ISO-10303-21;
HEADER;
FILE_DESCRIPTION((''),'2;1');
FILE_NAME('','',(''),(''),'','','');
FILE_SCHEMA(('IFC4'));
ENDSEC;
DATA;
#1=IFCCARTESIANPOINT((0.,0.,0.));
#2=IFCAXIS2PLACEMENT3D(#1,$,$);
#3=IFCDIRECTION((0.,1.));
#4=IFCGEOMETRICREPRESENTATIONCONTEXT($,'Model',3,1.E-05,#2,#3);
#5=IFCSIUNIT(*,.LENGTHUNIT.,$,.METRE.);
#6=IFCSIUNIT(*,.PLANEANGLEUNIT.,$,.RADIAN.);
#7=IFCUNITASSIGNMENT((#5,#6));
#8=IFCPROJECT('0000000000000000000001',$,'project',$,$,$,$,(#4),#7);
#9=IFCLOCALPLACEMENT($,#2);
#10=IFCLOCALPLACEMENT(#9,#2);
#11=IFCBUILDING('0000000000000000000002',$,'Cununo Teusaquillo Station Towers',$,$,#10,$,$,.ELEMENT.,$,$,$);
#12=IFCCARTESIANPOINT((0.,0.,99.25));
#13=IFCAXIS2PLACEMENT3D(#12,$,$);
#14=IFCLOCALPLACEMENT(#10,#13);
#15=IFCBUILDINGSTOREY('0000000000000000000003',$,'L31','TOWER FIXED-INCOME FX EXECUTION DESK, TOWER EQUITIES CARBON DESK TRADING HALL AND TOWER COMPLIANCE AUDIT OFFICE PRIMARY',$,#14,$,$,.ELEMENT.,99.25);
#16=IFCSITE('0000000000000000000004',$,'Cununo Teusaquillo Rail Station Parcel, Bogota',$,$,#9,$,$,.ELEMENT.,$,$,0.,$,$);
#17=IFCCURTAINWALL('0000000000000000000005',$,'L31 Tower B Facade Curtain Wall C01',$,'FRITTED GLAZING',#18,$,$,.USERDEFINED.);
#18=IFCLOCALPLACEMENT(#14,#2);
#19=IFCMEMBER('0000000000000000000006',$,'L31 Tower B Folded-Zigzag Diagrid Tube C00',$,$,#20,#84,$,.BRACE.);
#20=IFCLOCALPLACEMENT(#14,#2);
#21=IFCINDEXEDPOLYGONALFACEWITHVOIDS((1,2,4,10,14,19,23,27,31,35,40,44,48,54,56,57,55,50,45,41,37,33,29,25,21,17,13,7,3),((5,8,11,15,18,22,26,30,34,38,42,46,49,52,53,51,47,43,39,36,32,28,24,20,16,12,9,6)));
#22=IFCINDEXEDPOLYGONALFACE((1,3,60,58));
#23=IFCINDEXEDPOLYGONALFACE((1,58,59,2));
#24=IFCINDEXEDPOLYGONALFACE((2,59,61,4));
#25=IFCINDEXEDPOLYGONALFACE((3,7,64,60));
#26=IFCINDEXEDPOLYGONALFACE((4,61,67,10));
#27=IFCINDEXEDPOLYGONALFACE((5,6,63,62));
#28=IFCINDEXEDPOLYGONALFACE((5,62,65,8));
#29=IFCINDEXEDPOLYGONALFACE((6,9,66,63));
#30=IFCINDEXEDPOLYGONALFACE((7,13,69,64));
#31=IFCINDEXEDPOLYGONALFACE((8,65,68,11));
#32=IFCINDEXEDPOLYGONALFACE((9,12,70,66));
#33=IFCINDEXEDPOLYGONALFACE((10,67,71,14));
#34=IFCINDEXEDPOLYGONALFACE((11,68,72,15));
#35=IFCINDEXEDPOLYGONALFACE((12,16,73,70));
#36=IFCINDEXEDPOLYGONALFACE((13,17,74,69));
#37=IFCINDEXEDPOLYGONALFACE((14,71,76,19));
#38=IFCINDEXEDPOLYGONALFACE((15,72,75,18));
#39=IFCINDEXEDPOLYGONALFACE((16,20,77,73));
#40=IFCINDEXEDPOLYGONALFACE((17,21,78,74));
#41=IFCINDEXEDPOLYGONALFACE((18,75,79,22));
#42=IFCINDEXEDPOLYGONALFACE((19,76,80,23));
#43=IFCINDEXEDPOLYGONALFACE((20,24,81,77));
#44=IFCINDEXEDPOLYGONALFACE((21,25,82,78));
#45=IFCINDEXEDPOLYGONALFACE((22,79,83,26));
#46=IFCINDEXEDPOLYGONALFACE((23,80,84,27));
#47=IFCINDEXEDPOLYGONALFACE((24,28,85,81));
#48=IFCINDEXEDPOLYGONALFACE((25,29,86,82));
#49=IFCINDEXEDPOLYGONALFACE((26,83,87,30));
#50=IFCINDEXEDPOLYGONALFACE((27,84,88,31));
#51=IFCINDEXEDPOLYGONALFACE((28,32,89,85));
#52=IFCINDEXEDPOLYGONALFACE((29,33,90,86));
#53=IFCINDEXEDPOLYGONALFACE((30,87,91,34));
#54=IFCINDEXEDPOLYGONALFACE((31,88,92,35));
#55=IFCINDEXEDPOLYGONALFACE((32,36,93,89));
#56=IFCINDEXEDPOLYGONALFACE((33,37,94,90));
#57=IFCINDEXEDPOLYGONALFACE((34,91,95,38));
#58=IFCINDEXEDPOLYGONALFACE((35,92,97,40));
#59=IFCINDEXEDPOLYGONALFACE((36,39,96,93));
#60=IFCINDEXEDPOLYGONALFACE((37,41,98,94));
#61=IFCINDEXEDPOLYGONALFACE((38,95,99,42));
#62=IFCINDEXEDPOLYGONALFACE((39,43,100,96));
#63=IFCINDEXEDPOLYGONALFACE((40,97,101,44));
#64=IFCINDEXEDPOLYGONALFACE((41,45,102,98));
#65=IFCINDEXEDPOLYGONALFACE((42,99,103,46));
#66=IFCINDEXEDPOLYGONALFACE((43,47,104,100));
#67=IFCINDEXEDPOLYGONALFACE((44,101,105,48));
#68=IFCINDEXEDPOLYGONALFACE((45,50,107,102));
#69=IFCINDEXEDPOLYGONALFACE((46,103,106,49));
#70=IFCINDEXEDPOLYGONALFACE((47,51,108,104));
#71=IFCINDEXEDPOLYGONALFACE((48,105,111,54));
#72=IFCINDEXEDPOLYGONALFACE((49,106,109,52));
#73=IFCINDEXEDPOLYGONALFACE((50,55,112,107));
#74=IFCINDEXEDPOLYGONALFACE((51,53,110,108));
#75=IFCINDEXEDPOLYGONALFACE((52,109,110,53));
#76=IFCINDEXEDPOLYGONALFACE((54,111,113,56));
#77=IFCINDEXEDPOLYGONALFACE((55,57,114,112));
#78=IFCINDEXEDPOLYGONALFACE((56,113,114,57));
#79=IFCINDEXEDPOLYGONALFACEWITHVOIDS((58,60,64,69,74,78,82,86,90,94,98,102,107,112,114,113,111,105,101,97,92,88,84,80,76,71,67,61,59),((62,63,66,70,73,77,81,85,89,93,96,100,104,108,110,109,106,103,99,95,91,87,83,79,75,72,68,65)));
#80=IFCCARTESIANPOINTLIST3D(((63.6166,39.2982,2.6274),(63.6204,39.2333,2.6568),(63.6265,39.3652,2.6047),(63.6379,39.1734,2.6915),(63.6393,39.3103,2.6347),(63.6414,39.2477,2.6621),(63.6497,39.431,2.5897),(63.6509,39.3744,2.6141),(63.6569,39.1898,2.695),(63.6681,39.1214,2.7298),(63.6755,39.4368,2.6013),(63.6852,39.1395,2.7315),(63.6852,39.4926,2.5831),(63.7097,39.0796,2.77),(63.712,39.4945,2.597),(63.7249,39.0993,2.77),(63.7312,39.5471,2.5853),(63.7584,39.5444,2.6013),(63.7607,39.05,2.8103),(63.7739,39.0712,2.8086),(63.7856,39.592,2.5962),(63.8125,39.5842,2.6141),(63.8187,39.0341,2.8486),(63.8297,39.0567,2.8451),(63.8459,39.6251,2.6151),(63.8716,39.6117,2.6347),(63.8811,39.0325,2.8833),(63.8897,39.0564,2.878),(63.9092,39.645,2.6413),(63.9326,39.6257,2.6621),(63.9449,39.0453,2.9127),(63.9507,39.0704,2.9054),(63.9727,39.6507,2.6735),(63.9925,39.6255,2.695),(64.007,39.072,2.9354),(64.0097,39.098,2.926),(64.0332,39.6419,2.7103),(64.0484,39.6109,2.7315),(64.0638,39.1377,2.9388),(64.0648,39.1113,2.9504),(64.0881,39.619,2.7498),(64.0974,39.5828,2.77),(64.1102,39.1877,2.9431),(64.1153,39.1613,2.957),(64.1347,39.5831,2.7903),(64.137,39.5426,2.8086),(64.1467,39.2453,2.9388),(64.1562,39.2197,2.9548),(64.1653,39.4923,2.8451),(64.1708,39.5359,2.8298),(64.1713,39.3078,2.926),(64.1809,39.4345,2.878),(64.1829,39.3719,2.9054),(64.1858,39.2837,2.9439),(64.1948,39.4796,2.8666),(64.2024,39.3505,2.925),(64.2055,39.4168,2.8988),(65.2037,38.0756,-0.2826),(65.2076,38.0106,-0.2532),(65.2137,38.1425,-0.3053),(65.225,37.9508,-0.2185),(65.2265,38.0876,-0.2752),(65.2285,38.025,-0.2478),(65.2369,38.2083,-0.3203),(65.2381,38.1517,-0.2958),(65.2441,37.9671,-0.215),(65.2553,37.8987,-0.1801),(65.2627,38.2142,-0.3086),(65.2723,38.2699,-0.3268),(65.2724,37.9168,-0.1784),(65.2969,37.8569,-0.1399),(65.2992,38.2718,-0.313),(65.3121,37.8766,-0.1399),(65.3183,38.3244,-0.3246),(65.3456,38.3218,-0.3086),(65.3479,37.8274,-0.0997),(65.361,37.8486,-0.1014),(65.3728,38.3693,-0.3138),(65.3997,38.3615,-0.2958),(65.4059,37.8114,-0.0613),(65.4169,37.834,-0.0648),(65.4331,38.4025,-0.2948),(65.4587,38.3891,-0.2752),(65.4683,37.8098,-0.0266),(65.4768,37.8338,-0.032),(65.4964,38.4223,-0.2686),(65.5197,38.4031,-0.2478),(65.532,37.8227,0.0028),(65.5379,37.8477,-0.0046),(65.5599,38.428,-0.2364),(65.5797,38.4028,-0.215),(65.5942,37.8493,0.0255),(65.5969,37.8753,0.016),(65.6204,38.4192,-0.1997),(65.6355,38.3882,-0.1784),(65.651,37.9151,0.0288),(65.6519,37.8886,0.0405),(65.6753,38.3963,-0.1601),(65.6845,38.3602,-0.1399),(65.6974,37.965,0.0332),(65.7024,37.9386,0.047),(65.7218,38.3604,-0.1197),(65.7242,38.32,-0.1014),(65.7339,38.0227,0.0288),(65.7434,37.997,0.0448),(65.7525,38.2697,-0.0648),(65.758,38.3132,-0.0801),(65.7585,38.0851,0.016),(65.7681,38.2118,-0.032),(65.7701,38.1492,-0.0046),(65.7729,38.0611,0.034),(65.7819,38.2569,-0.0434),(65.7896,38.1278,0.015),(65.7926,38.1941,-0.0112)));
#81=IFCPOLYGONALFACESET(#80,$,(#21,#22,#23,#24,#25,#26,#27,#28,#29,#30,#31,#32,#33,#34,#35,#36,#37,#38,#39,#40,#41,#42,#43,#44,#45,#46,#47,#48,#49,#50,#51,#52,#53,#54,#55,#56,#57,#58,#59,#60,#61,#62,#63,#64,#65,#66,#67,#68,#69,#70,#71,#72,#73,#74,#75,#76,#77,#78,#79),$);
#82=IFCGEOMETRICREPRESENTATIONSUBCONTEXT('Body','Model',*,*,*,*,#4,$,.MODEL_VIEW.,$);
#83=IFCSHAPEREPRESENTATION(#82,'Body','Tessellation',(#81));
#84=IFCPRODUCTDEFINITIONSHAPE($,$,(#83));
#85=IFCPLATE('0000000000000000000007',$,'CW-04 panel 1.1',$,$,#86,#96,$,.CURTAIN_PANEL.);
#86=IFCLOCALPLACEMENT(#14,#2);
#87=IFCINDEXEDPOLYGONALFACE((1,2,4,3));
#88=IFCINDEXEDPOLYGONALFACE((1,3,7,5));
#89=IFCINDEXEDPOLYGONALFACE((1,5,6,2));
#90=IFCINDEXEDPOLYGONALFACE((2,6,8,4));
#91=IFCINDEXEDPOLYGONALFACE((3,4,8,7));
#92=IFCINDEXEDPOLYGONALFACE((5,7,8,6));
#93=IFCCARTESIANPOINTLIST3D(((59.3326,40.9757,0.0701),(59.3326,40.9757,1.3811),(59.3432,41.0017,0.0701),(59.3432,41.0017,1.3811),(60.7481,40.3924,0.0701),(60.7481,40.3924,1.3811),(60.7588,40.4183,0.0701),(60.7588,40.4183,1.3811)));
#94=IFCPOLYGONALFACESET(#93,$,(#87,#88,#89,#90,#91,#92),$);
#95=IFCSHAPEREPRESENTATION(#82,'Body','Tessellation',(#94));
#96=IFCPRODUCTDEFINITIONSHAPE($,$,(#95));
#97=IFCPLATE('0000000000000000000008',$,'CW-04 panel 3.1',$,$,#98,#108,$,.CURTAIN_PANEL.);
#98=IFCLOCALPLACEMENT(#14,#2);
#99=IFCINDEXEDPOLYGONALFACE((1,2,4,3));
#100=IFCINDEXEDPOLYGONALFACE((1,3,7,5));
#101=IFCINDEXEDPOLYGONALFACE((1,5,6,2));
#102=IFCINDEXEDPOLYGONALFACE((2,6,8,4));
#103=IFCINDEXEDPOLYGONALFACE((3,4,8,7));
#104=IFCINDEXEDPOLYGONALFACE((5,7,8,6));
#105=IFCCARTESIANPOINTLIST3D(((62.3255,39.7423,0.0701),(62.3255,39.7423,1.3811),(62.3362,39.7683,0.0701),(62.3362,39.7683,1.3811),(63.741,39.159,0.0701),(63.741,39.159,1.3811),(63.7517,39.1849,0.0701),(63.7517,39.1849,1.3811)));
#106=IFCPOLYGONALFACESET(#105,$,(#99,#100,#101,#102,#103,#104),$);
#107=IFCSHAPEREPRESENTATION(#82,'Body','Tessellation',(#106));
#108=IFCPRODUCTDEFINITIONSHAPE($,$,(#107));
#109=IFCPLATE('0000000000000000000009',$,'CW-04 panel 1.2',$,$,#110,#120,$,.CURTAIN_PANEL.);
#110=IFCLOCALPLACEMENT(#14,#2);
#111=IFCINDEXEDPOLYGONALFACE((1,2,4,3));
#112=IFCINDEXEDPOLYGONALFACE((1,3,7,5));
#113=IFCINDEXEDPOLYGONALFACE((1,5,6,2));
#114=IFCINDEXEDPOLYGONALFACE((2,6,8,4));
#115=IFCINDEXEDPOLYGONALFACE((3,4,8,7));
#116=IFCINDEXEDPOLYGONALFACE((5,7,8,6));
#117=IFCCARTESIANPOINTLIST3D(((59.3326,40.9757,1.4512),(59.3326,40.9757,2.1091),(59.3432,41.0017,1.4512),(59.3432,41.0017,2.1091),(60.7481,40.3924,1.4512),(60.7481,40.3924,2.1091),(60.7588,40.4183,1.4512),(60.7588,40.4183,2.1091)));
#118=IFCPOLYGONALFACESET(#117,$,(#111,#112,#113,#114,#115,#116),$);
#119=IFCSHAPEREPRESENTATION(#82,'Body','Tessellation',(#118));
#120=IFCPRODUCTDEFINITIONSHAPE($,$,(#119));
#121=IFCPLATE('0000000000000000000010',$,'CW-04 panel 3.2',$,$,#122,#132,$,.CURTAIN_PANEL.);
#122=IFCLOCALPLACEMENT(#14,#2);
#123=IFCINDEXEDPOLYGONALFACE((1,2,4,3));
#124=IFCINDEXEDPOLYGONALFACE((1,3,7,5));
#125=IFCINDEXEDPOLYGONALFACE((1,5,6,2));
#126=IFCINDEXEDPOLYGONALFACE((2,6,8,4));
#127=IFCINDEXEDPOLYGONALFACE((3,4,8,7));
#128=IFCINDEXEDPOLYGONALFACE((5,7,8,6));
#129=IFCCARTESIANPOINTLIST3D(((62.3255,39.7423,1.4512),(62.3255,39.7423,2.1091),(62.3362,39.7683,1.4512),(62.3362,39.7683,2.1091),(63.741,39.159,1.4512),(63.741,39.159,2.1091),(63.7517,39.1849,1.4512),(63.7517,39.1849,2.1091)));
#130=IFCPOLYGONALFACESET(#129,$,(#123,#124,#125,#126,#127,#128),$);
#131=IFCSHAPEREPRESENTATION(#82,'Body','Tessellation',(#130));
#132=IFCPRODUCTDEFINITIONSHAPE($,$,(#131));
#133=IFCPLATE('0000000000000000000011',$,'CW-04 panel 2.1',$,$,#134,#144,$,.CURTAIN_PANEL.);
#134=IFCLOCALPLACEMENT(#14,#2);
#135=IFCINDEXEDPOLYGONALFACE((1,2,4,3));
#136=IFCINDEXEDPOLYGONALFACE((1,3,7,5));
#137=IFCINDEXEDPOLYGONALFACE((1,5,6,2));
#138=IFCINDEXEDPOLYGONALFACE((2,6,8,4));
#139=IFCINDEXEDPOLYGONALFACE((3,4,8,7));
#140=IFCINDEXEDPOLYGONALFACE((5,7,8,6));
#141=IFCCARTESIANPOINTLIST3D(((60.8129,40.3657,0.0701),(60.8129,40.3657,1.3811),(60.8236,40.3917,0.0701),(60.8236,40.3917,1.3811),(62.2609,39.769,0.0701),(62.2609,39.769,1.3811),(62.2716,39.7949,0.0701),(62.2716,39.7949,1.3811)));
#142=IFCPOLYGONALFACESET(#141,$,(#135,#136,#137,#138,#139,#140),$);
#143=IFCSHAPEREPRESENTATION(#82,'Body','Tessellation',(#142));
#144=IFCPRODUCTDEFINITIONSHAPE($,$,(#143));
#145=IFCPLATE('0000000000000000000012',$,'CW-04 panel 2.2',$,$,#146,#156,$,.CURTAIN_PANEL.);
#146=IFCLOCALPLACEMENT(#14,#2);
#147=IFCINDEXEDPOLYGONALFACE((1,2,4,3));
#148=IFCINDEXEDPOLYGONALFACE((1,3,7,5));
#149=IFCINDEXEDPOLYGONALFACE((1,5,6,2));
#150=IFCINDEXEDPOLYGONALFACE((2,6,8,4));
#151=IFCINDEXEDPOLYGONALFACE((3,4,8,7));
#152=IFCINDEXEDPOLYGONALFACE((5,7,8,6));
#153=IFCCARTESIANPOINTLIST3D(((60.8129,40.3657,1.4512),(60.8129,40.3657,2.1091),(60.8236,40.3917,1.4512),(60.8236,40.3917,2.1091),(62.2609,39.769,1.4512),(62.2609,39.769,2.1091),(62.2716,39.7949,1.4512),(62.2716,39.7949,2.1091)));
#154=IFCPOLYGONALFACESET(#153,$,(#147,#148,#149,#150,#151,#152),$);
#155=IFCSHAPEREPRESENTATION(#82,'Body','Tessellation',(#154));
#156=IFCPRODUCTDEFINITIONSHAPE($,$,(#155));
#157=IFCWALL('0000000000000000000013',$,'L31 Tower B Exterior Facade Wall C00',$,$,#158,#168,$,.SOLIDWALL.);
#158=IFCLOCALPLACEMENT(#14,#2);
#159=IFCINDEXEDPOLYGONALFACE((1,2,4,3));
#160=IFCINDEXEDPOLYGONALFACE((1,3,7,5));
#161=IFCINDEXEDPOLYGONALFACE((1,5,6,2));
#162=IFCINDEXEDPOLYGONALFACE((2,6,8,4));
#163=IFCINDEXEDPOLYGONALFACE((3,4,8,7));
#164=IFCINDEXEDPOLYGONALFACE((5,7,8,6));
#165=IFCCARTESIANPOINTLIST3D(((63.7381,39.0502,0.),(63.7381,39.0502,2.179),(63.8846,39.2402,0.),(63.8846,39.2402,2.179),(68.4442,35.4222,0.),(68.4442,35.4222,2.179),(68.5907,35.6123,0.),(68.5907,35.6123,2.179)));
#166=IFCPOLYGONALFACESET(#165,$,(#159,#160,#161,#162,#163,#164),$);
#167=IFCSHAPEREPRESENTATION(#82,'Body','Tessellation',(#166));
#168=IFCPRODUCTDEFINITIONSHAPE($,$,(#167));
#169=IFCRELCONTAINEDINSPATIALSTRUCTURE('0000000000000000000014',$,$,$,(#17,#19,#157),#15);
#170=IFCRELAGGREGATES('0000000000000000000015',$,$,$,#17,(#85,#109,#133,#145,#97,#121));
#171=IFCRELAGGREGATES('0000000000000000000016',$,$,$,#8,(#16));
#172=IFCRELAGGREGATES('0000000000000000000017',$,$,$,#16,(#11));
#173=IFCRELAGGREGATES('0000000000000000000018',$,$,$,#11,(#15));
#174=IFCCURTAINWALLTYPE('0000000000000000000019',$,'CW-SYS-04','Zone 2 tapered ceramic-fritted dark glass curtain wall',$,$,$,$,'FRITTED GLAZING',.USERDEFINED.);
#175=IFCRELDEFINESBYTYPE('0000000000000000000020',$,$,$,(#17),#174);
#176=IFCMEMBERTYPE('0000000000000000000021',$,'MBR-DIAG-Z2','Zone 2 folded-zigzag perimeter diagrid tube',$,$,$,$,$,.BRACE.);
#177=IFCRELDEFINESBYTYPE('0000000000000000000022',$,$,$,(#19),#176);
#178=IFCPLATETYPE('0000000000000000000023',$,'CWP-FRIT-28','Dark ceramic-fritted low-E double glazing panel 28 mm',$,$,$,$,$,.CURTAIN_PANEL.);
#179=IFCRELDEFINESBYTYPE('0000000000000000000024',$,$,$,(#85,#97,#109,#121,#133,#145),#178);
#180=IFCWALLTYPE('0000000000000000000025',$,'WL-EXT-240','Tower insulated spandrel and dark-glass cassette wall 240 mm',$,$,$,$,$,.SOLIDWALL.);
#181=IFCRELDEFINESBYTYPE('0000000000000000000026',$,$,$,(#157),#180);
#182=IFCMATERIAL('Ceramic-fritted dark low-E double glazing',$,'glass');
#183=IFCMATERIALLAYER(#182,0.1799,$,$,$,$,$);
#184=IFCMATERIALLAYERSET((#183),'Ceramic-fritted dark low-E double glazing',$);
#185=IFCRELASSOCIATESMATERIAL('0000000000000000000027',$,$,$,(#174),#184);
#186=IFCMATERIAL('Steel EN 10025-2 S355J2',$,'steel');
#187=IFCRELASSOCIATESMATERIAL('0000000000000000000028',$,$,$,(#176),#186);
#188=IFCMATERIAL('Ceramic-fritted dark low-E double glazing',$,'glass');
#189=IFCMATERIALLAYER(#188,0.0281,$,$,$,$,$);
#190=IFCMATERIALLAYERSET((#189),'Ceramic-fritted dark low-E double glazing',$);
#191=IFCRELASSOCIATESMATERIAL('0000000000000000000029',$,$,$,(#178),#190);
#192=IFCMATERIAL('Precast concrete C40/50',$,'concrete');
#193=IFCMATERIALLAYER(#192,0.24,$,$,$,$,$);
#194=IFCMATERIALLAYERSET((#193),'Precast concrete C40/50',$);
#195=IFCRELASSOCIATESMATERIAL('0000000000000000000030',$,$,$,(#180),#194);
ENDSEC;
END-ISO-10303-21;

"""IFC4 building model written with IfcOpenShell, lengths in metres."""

from ifc_helpers import new_model, si_unit, direction, frame, frame_2d, origin, origin_2d, place, context, subcontext, project, spatial, rectangle, hollow_circle, extrude, source, transform, mapped, material, layer, layer_set, material_profile, profile_set, type_object, element, aggregate, save


model = new_model("IFC4")

# Units and contexts
model_context = context("Model", 3, precision=1e-05, world=origin(), true_north=direction((0.0, 1.0)))
body_context = subcontext(model_context, "Body", "Model", "MODEL_VIEW")
ifc_project = project(units=[si_unit("LENGTHUNIT", "METRE"), si_unit("PLANEANGLEUNIT", "RADIAN")], contexts=[model_context])

# Site, building, storey
site_placement = place(None, origin())
site = spatial("IfcSite", under=ifc_project, at=site_placement, Name="Cununo Teusaquillo Rail Station Parcel, Bogota", CompositionType="ELEMENT", RefElevation=0.0)
building_placement = place(site_placement, origin())
building = spatial("IfcBuilding", under=site, at=building_placement, Name="Cununo Teusaquillo Station Towers", CompositionType="ELEMENT")
storey_placement = place(building_placement, frame((0.0, 0.0, 99.25)))
storey = spatial("IfcBuildingStorey", under=building, at=storey_placement, Name="L31", Description="TOWER FIXED-INCOME FX EXECUTION DESK, TOWER EQUITIES CARBON DESK TRADING HALL AND TOWER COMPLIANCE AUDIT OFFICE PRIMARY", CompositionType="ELEMENT", Elevation=99.25)

# Curtain wall
ifc_material_1 = material(Name="Ceramic-fritted dark low-E double glazing", Category="glass")
ifc_layer_1 = layer(ifc_material_1, 0.1799)
ifc_layer_set_1 = layer_set([ifc_layer_1], Name="Ceramic-fritted dark low-E double glazing")
curtain_wall_type = type_object("IfcCurtainWallType", Name="CW-SYS-04", Description="Zone 2 tapered ceramic-fritted dark glass curtain wall", ElementType="FRITTED GLAZING", PredefinedType="USERDEFINED", material=ifc_layer_set_1)
curtain_wall_placement = place(storey_placement, origin())
curtain_wall = element("IfcCurtainWall", 1, at=curtain_wall_placement, inside=storey, type_object=curtain_wall_type, Name="L31 Tower B Facade Curtain Wall C01", ObjectType="FRITTED GLAZING", PredefinedType="USERDEFINED")

# Member
ifc_material_2 = material(Name="Steel EN 10025-2 S355J2", Category="steel")
ifc_material_profile_1 = material_profile(ifc_material_2, hollow_circle(Radius=0.3301, WallThickness=0.0249, at=origin_2d()), Name="CHS 660x25")
ifc_profile_set_1 = profile_set([ifc_material_profile_1], Name="Steel EN 10025-2 S355J2")
member_type_1 = type_object("IfcMemberType", Name="MBR-DIAG-Z2", Description="Zone 2 folded-zigzag perimeter diagrid tube", PredefinedType="BRACE", material=ifc_profile_set_1)
member_1_placement = place(storey_placement, frame((65.4983, 38.1184, -0.1399), z_axis=(-0.449248, 0.346075, 0.823656), x_axis=(-0.610264, -0.792198, 0.0)))
element("IfcMember", 2, at=member_1_placement, inside=storey, type_object=member_type_1, Name="L31 Tower B Folded-Zigzag Diagrid Tube C00", PredefinedType="BRACE", context=body_context, shape_type="SweptSolid", body=[
    extrude(hollow_circle(Radius=0.3301, WallThickness=0.0249, at=origin_2d()), origin(), (0.0, 0.0, 1.0), 3.533),
])

# Plates
ifc_material_3 = material(Name="Ceramic-fritted dark low-E double glazing", Category="glass")
ifc_layer_2 = layer(ifc_material_3, 0.0281)
ifc_layer_set_2 = layer_set([ifc_layer_2], Name="Ceramic-fritted dark low-E double glazing")
plate_type = type_object("IfcPlateType", Name="CWP-FRIT-28", Description="Dark ceramic-fritted low-E double glazing panel 28 mm", PredefinedType="CURTAIN_PANEL", material=ifc_layer_set_2)
shared_shape_1 = source(origin(), body_context, "Body", "SweptSolid", [
    extrude(rectangle(XDim=1.531, YDim=0.0281, at=origin_2d()), origin(), (0.0, 0.0, 1.0), 1.311),
])
plate_1_placement = place(storey_placement, frame((60.0457, 40.697, 0.0701), z_axis=(0.0, 0.0, 1.0), x_axis=(0.924562, -0.381031, 0.0)))
plate_1 = element("IfcPlate", 3, at=plate_1_placement, type_object=plate_type, Name="CW-04 panel 1.1", PredefinedType="CURTAIN_PANEL", context=body_context, shape_type="MappedRepresentation", body=[
    mapped(shared_shape_1, transform((0.0, 0.0, 0.0), x_axis=(1.0, 0.0, 0.0), y_axis=(0.0, 1.0, 0.0), z_axis=(0.0, 0.0, 1.0), scale=1.0)),
])
plate_2_placement = place(storey_placement, frame((63.0386, 39.4636, 0.0701), z_axis=(0.0, 0.0, 1.0), x_axis=(0.924562, -0.381031, 0.0)))
plate_2 = element("IfcPlate", 4, at=plate_2_placement, type_object=plate_type, Name="CW-04 panel 3.1", PredefinedType="CURTAIN_PANEL", context=body_context, shape_type="MappedRepresentation", body=[
    mapped(shared_shape_1, transform((0.0, 0.0, 0.0), x_axis=(1.0, 0.0, 0.0), y_axis=(0.0, 1.0, 0.0), z_axis=(0.0, 0.0, 1.0), scale=1.0)),
])
shared_shape_2 = source(origin(), body_context, "Body", "SweptSolid", [
    extrude(rectangle(XDim=1.531, YDim=0.0281, at=origin_2d()), origin(), (0.0, 0.0, 1.0), 0.658),
])
plate_3_placement = place(storey_placement, frame((60.0457, 40.697, 1.4512), z_axis=(0.0, 0.0, 1.0), x_axis=(0.924562, -0.381031, 0.0)))
plate_3 = element("IfcPlate", 5, at=plate_3_placement, type_object=plate_type, Name="CW-04 panel 1.2", PredefinedType="CURTAIN_PANEL", context=body_context, shape_type="MappedRepresentation", body=[
    mapped(shared_shape_2, transform((0.0, 0.0, 0.0), x_axis=(1.0, 0.0, 0.0), y_axis=(0.0, 1.0, 0.0), z_axis=(0.0, 0.0, 1.0), scale=1.0)),
])
plate_4_placement = place(storey_placement, frame((63.0386, 39.4636, 1.4512), z_axis=(0.0, 0.0, 1.0), x_axis=(0.924562, -0.381031, 0.0)))
plate_4 = element("IfcPlate", 6, at=plate_4_placement, type_object=plate_type, Name="CW-04 panel 3.2", PredefinedType="CURTAIN_PANEL", context=body_context, shape_type="MappedRepresentation", body=[
    mapped(shared_shape_2, transform((0.0, 0.0, 0.0), x_axis=(1.0, 0.0, 0.0), y_axis=(0.0, 1.0, 0.0), z_axis=(0.0, 0.0, 1.0), scale=1.0)),
])
shared_shape_3 = source(origin(), body_context, "Body", "SweptSolid", [
    extrude(rectangle(XDim=1.5662, YDim=0.0281, at=origin_2d()), origin(), (0.0, 0.0, 1.0), 1.311),
])
plate_5_placement = place(storey_placement, frame((61.5422, 40.0803, 0.0701), z_axis=(0.0, 0.0, 1.0), x_axis=(0.924562, -0.381031, 0.0)))
plate_5 = element("IfcPlate", 7, at=plate_5_placement, type_object=plate_type, Name="CW-04 panel 2.1", PredefinedType="CURTAIN_PANEL", context=body_context, shape_type="MappedRepresentation", body=[
    mapped(shared_shape_3, transform((0.0, 0.0, 0.0), x_axis=(1.0, 0.0, 0.0), y_axis=(0.0, 1.0, 0.0), z_axis=(0.0, 0.0, 1.0), scale=1.0)),
])
shared_shape_4 = source(origin(), body_context, "Body", "SweptSolid", [
    extrude(rectangle(XDim=1.5662, YDim=0.0281, at=origin_2d()), origin(), (0.0, 0.0, 1.0), 0.658),
])
plate_6_placement = place(storey_placement, frame((61.5422, 40.0803, 1.4512), z_axis=(0.0, 0.0, 1.0), x_axis=(0.924562, -0.381031, 0.0)))
plate_6 = element("IfcPlate", 8, at=plate_6_placement, type_object=plate_type, Name="CW-04 panel 2.2", PredefinedType="CURTAIN_PANEL", context=body_context, shape_type="MappedRepresentation", body=[
    mapped(shared_shape_4, transform((0.0, 0.0, 0.0), x_axis=(1.0, 0.0, 0.0), y_axis=(0.0, 1.0, 0.0), z_axis=(0.0, 0.0, 1.0), scale=1.0)),
])
aggregate(curtain_wall, [plate_1, plate_3, plate_5, plate_6, plate_2, plate_4])

# Wall
ifc_material_4 = material(Name="Precast concrete C40/50", Category="concrete")
ifc_layer_3 = layer(ifc_material_4, 0.24)
ifc_layer_set_3 = layer_set([ifc_layer_3], Name="Precast concrete C40/50")
wall_type_1 = type_object("IfcWallType", Name="WL-EXT-240", Description="Tower insulated spandrel and dark-glass cassette wall 240 mm", PredefinedType="SOLIDWALL", material=ifc_layer_set_3)
wall_1_placement = place(storey_placement, frame((63.8113, 39.1453, 0.0), z_axis=(0.0, 0.0, 1.0), x_axis=(0.791982, -0.610544, 0.0)))
element("IfcWall", 9, at=wall_1_placement, inside=storey, type_object=wall_type_1, Name="L31 Tower B Exterior Facade Wall C00", PredefinedType="SOLIDWALL", context=body_context, shape_type="SweptSolid", body=[
    extrude(rectangle(XDim=5.9421, YDim=0.24, at=frame_2d((2.9712, 0.0))), origin(), (0.0, 0.0, 1.0), 2.179),
])

save(model, "model.ifc")
